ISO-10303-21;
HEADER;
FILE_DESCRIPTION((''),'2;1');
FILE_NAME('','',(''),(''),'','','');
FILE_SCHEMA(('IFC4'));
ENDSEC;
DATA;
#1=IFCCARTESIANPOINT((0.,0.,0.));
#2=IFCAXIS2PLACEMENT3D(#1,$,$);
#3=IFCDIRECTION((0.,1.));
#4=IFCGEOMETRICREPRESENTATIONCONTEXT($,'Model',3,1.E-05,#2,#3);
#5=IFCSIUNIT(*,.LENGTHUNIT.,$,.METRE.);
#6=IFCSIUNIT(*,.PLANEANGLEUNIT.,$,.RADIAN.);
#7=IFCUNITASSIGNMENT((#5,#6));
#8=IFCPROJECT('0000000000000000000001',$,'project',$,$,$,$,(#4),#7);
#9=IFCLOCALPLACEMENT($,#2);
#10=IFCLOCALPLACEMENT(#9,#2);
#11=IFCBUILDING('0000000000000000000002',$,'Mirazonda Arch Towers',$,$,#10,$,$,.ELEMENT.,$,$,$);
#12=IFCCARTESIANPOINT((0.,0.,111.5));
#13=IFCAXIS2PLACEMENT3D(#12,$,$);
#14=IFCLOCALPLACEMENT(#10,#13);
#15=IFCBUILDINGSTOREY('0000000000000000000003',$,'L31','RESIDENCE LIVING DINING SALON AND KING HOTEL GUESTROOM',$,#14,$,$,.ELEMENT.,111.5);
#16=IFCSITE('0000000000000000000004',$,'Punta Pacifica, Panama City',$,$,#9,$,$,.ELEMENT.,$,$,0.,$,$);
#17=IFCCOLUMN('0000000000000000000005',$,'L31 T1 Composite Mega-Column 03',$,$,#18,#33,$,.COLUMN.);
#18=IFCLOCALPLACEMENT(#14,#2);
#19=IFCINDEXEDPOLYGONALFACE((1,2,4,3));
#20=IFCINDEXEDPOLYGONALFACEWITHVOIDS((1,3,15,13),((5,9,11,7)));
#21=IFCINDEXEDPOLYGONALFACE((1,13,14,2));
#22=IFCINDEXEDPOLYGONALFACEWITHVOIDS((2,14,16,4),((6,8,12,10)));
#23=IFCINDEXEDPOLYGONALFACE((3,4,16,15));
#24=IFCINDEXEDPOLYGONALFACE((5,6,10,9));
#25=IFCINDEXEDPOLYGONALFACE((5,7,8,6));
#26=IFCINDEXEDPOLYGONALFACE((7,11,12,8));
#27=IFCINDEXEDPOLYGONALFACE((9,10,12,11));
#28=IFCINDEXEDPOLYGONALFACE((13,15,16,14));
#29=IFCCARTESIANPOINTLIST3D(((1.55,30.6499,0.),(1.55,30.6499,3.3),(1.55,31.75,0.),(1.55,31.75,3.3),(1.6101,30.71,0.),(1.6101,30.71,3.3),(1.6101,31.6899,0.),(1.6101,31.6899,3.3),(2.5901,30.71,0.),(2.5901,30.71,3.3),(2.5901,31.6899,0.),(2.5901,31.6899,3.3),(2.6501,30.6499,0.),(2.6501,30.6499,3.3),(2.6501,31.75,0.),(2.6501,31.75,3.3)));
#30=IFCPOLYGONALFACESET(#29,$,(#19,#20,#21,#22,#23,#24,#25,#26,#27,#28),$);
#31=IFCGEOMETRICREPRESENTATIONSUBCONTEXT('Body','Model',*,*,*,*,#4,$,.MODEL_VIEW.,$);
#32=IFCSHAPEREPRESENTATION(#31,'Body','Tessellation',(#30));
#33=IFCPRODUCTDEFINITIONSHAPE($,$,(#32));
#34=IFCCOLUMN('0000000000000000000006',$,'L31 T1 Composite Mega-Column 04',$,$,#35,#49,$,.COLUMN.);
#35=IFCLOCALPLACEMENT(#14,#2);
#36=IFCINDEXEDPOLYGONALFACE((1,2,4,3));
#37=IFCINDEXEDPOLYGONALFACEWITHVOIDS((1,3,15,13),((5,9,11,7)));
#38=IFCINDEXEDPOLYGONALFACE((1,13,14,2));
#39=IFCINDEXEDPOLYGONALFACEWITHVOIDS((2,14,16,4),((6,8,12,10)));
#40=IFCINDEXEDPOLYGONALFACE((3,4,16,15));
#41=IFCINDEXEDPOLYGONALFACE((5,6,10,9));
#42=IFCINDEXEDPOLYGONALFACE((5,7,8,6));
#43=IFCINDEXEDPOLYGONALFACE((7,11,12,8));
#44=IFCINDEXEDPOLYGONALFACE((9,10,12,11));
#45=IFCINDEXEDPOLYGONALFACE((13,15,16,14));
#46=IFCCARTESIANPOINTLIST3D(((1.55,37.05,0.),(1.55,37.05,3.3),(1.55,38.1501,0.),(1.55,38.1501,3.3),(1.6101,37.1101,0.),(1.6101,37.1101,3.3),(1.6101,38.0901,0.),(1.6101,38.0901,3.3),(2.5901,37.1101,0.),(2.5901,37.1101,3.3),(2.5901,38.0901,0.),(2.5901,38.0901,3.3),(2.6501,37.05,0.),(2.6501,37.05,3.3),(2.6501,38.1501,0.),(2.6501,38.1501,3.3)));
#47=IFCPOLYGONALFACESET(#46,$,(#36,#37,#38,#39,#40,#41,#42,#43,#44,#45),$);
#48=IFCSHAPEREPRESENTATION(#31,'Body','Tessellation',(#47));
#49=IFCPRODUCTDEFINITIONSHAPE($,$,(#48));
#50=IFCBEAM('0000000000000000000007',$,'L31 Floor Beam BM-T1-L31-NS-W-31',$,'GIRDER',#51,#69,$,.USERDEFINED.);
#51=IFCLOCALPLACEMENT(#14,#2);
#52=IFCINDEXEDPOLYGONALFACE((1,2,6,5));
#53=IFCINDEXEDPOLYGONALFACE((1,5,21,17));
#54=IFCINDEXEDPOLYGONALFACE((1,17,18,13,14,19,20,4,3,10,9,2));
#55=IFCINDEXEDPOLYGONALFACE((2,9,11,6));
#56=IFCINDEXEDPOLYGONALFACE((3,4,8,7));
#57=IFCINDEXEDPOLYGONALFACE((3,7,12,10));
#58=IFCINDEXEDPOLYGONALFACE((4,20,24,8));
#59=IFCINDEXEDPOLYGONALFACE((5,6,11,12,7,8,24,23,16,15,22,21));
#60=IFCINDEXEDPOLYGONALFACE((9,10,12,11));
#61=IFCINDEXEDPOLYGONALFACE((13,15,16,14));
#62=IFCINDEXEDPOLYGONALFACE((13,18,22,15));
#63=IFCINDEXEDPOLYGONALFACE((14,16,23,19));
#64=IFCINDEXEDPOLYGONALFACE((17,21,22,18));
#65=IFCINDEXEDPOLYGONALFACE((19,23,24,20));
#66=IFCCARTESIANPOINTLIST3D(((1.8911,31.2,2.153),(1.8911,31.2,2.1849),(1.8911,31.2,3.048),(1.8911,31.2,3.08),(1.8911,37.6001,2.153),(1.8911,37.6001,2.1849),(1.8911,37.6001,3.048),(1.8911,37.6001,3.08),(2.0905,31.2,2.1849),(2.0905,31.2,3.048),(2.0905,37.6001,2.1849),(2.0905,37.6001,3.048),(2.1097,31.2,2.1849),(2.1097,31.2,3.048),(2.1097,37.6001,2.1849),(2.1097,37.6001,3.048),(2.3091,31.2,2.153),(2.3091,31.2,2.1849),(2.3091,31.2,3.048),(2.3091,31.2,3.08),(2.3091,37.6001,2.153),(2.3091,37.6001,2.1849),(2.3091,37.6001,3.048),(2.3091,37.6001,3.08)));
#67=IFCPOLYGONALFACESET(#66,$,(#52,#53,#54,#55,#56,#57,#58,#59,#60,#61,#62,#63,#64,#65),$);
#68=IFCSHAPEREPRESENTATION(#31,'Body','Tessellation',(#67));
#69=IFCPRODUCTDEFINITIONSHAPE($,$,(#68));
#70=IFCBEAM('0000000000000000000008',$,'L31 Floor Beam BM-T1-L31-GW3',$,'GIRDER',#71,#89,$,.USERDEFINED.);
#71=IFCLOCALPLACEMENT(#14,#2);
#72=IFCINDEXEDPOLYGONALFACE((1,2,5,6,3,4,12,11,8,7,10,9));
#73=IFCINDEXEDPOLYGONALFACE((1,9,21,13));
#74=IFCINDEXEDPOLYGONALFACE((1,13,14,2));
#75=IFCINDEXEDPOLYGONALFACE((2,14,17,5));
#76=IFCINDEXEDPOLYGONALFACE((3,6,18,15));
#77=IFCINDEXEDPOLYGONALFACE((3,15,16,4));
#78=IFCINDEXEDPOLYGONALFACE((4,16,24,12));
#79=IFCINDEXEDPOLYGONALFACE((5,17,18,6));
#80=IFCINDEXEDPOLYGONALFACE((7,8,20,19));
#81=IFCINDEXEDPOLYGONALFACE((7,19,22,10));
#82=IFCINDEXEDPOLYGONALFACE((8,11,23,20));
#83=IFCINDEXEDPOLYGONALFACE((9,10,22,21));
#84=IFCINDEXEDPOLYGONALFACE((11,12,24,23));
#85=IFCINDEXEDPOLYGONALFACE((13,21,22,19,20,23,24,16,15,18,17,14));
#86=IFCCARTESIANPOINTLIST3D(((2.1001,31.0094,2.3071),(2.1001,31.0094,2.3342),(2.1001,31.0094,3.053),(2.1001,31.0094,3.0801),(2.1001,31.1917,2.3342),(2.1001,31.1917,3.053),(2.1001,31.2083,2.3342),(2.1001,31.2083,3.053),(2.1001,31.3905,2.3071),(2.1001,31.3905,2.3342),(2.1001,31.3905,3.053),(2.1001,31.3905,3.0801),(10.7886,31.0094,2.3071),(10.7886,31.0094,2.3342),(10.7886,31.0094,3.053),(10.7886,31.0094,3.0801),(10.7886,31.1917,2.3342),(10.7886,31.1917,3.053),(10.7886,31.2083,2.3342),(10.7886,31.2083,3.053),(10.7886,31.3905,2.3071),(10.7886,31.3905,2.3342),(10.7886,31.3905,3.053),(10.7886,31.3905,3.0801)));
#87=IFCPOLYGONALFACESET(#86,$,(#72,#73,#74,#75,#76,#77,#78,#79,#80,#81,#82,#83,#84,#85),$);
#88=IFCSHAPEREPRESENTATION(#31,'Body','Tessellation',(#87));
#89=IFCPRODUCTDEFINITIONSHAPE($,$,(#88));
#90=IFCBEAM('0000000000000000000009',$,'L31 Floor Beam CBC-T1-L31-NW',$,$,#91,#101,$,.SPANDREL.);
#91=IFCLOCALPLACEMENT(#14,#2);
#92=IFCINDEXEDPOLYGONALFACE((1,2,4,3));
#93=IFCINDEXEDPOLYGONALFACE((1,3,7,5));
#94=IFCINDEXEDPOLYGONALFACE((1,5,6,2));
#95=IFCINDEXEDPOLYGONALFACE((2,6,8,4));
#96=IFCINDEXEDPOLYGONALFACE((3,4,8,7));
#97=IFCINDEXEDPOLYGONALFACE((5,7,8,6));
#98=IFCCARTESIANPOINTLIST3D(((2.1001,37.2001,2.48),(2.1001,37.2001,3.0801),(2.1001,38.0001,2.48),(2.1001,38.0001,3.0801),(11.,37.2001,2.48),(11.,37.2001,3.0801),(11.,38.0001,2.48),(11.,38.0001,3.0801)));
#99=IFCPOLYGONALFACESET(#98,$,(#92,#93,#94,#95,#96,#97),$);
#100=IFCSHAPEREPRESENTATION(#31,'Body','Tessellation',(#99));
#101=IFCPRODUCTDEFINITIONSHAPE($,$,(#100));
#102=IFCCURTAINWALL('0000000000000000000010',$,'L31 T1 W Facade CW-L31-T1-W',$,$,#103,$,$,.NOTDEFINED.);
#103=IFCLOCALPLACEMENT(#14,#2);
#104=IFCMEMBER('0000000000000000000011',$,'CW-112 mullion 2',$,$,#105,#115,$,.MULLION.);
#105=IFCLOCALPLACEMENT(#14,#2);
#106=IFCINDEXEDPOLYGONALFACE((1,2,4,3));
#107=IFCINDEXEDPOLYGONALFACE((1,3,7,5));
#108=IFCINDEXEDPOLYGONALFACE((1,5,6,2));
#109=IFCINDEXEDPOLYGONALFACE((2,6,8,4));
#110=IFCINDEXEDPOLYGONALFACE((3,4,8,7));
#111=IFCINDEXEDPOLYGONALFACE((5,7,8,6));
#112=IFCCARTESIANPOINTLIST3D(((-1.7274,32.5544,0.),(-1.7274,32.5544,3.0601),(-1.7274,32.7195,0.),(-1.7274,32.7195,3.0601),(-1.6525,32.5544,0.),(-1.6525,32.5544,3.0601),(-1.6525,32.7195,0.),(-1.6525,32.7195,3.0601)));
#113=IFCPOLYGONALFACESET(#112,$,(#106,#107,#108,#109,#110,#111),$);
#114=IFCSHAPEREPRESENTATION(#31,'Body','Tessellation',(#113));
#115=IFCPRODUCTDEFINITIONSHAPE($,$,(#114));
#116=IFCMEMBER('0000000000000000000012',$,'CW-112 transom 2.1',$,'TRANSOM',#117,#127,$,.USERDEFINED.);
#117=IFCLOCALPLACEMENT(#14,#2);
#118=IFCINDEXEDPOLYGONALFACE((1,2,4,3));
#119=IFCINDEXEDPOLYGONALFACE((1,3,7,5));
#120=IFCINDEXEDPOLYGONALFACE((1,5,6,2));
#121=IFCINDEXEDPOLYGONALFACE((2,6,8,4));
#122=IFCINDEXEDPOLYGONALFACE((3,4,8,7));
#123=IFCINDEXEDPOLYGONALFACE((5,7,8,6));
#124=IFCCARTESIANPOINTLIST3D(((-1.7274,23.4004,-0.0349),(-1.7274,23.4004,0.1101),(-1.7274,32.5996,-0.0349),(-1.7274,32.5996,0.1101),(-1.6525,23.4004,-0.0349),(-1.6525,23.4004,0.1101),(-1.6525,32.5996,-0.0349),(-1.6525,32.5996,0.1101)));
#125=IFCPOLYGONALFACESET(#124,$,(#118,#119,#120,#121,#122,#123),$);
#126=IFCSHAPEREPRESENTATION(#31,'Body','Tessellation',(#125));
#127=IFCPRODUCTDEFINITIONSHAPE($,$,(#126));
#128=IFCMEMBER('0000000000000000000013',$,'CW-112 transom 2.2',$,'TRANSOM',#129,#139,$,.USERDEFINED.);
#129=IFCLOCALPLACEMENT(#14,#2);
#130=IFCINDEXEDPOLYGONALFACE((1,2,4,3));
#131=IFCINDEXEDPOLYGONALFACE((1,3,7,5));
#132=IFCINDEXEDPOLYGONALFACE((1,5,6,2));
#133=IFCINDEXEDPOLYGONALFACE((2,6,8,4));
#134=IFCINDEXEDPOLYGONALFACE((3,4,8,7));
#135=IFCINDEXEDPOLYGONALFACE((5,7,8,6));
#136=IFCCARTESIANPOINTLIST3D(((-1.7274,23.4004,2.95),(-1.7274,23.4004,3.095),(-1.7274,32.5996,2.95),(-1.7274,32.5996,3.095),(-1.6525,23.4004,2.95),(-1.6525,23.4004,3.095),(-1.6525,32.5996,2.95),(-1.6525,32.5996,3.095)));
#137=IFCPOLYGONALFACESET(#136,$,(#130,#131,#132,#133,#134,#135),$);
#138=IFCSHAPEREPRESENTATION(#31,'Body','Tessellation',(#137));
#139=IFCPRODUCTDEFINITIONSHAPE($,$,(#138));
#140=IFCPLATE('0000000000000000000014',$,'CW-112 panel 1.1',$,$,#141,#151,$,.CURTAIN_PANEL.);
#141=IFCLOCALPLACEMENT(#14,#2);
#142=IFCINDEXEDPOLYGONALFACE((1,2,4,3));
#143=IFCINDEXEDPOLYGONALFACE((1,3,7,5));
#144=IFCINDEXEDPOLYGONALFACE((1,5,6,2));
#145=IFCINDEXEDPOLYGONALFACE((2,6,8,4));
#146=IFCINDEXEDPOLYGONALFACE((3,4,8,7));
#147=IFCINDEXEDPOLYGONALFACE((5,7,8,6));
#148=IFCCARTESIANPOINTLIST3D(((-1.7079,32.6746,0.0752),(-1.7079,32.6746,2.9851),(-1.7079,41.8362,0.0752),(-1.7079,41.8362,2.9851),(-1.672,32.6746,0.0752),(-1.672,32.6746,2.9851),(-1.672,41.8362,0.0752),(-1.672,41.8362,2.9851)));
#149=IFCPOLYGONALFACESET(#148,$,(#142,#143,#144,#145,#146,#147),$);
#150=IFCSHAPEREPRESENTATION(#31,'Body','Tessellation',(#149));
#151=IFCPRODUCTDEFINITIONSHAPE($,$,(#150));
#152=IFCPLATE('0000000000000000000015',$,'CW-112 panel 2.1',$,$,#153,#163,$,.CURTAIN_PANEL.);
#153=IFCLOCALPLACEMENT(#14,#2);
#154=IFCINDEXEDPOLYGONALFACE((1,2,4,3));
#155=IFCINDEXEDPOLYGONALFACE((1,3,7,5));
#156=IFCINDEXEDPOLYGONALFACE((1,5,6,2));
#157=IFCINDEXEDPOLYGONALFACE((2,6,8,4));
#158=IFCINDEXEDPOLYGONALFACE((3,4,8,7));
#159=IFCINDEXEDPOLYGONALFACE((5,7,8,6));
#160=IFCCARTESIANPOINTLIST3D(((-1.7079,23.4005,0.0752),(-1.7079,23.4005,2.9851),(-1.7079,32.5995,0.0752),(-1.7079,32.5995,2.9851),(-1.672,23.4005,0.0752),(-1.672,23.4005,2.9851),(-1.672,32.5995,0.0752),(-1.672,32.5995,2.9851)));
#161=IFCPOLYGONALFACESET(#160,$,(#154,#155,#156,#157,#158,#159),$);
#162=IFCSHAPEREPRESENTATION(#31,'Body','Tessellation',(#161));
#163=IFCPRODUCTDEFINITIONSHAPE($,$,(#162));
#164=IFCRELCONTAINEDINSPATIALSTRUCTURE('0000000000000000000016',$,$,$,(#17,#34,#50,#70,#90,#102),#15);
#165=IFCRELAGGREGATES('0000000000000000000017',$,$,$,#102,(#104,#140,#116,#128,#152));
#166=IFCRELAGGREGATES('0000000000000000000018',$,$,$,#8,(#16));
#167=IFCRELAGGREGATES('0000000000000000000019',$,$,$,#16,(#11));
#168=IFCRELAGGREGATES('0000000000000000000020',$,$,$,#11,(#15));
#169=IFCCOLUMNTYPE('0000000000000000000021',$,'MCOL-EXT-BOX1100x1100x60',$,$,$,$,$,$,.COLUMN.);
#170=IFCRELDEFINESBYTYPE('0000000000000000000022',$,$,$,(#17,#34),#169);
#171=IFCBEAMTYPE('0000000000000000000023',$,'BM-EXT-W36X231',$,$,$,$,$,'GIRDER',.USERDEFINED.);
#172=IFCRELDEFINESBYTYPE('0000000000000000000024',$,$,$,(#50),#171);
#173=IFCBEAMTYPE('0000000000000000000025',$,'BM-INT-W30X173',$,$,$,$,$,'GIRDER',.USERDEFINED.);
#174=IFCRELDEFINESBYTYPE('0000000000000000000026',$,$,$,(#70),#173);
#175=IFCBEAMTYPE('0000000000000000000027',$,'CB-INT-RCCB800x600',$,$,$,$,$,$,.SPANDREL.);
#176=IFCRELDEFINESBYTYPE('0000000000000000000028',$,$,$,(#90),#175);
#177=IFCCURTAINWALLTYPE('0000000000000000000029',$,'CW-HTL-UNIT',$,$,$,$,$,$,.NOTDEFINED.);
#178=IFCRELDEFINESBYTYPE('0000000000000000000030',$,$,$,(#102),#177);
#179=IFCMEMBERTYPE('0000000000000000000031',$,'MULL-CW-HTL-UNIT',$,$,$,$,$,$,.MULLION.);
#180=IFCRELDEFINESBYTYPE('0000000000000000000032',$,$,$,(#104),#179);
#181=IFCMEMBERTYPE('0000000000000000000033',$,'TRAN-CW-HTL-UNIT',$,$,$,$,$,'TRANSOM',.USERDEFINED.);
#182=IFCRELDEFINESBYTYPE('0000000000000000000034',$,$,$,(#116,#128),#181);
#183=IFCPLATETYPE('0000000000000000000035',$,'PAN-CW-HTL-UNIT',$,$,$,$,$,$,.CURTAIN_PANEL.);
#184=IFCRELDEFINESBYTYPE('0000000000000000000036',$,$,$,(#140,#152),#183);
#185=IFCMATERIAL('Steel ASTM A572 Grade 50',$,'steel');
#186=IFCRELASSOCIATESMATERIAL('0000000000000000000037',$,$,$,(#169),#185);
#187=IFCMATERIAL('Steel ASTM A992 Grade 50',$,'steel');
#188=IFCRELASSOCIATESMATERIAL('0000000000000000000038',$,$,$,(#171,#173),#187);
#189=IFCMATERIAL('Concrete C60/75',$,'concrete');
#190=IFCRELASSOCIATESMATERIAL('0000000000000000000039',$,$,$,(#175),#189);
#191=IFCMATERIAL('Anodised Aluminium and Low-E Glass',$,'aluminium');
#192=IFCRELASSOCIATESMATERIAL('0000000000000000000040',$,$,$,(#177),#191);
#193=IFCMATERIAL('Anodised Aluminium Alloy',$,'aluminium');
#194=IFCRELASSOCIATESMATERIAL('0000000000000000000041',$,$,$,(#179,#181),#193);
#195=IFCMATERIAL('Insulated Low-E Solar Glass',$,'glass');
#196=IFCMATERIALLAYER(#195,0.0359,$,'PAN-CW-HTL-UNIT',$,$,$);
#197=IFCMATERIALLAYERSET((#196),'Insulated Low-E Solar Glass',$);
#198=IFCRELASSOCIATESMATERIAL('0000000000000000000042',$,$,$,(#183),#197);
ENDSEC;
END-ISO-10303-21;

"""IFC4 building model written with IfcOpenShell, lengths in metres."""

from ifc_helpers import new_model, si_unit, direction, frame, origin, origin_2d, place, context, subcontext, project, spatial, rectangle, hollow_rectangle, i_section, extrude, material, layer, layer_set, material_profile, profile_set, type_object, element, aggregate, save


model = new_model("IFC4")

# Units and contexts
model_context = context("Model", 3, precision=1e-05, world=origin(), true_north=direction((0.0, 1.0)))
body_context = subcontext(model_context, "Body", "Model", "MODEL_VIEW")
ifc_project = project(units=[si_unit("LENGTHUNIT", "METRE"), si_unit("PLANEANGLEUNIT", "RADIAN")], contexts=[model_context])

# Site, building, storey
site_placement = place(None, origin())
site = spatial("IfcSite", under=ifc_project, at=site_placement, Name="Punta Pacifica, Panama City", CompositionType="ELEMENT", RefElevation=0.0)
building_placement = place(site_placement, origin())
building = spatial("IfcBuilding", under=site, at=building_placement, Name="Mirazonda Arch Towers", CompositionType="ELEMENT")
storey_placement = place(building_placement, frame((0.0, 0.0, 111.5)))
storey = spatial("IfcBuildingStorey", under=building, at=storey_placement, Name="L31", Description="RESIDENCE LIVING DINING SALON AND KING HOTEL GUESTROOM", CompositionType="ELEMENT", Elevation=111.5)

# Columns
ifc_material_1 = material(Name="Steel ASTM A572 Grade 50", Category="steel")
ifc_material_profile_1 = material_profile(ifc_material_1, hollow_rectangle(XDim=1.1001, YDim=1.1001, WallThickness=0.0601, at=origin_2d()), Name="BOX1100x1100x60")
ifc_profile_set_1 = profile_set([ifc_material_profile_1], Name="Steel ASTM A572 Grade 50")
column_type = type_object("IfcColumnType", Name="MCOL-EXT-BOX1100x1100x60", PredefinedType="COLUMN", material=ifc_profile_set_1)
for number, where, z_axis, x_axis, name in (
    (1, (2.1001, 31.2, 0.0), (0.0, 0.0, 1.0), (1.0, 0.0, 0.0), "L31 T1 Composite Mega-Column 03"),
    (2, (2.1001, 37.6001, 0.0), (0.0, 0.0, 1.0), (1.0, 0.0, 0.0), "L31 T1 Composite Mega-Column 04"),
):
    element("IfcColumn", number, at=place(storey_placement, frame(where, z_axis=z_axis, x_axis=x_axis)), inside=storey, type_object=column_type, Name=name, PredefinedType="COLUMN", context=body_context, shape_type="SweptSolid", body=[
        extrude(hollow_rectangle(XDim=1.1001, YDim=1.1001, WallThickness=0.0601, at=origin_2d()), origin(), (0.0, 0.0, 1.0), 3.3),
    ])

# Beams
ifc_material_2 = material(Name="Steel ASTM A992 Grade 50", Category="steel")
ifc_material_profile_2 = material_profile(ifc_material_2, i_section(OverallWidth=0.418, OverallDepth=0.927, WebThickness=0.0193, FlangeThickness=0.032, at=origin_2d()), Name="W36X231")
ifc_profile_set_2 = profile_set([ifc_material_profile_2], Name="Steel ASTM A992 Grade 50")
beam_type_1 = type_object("IfcBeamType", Name="BM-EXT-W36X231", ElementType="GIRDER", PredefinedType="USERDEFINED", material=ifc_profile_set_2)
beam_1_placement = place(storey_placement, frame((2.1001, 31.2, 2.6165), z_axis=(0.0, 1.0, 0.0), x_axis=(-1.0, 0.0, 0.0)))
element("IfcBeam", 3, at=beam_1_placement, inside=storey, type_object=beam_type_1, Name="L31 Floor Beam BM-T1-L31-NS-W-31", ObjectType="GIRDER", PredefinedType="USERDEFINED", context=body_context, shape_type="SweptSolid", body=[
    extrude(i_section(OverallWidth=0.418, OverallDepth=0.927, WebThickness=0.0193, FlangeThickness=0.032, at=origin_2d()), origin(), (0.0, 0.0, 1.0), 6.4001),
])
ifc_material_profile_3 = material_profile(ifc_material_2, i_section(OverallWidth=0.3811, OverallDepth=0.7729, WebThickness=0.0166, FlangeThickness=0.0271, at=origin_2d()), Name="W30X173")
ifc_profile_set_3 = profile_set([ifc_material_profile_3], Name="Steel ASTM A992 Grade 50")
beam_type_2 = type_object("IfcBeamType", Name="BM-INT-W30X173", ElementType="GIRDER", PredefinedType="USERDEFINED", material=ifc_profile_set_3)
beam_2_placement = place(storey_placement, frame((2.1001, 31.2, 2.6936), z_axis=(1.0, 0.0, 0.0), x_axis=(0.0, 1.0, 0.0)))
element("IfcBeam", 4, at=beam_2_placement, inside=storey, type_object=beam_type_2, Name="L31 Floor Beam BM-T1-L31-GW3", ObjectType="GIRDER", PredefinedType="USERDEFINED", context=body_context, shape_type="SweptSolid", body=[
    extrude(i_section(OverallWidth=0.3811, OverallDepth=0.7729, WebThickness=0.0166, FlangeThickness=0.0271, at=origin_2d()), origin(), (0.0, 0.0, 1.0), 8.6885),
])
ifc_material_3 = material(Name="Concrete C60/75", Category="concrete")
ifc_material_profile_4 = material_profile(ifc_material_3, rectangle(XDim=0.8, YDim=0.6001, at=origin_2d()), Name="RCCB800x600")
ifc_profile_set_4 = profile_set([ifc_material_profile_4], Name="Concrete C60/75")
beam_type_3 = type_object("IfcBeamType", Name="CB-INT-RCCB800x600", PredefinedType="SPANDREL", material=ifc_profile_set_4)
beam_3_placement = place(storey_placement, frame((2.1001, 37.6001, 2.78), z_axis=(1.0, 0.0, 0.0), x_axis=(0.0, 1.0, 0.0)))
element("IfcBeam", 5, at=beam_3_placement, inside=storey, type_object=beam_type_3, Name="L31 Floor Beam CBC-T1-L31-NW", PredefinedType="SPANDREL", context=body_context, shape_type="SweptSolid", body=[
    extrude(rectangle(XDim=0.8, YDim=0.6001, at=origin_2d()), origin(), (0.0, 0.0, 1.0), 8.8999),
])

# Curtain wall, members, plates
ifc_material_4 = material(Name="Anodised Aluminium and Low-E Glass", Category="aluminium")
curtain_wall_type = type_object("IfcCurtainWallType", Name="CW-HTL-UNIT", PredefinedType="NOTDEFINED", material=ifc_material_4)
curtain_wall_placement = place(storey_placement, origin())
curtain_wall = element("IfcCurtainWall", 6, at=curtain_wall_placement, inside=storey, type_object=curtain_wall_type, Name="L31 T1 W Facade CW-L31-T1-W", PredefinedType="NOTDEFINED")
ifc_material_5 = material(Name="Anodised Aluminium Alloy", Category="aluminium")
ifc_material_profile_5 = material_profile(ifc_material_5, rectangle(XDim=0.075, YDim=0.165, at=origin_2d()), Name="ALU-MULL-75x165")
ifc_profile_set_5 = profile_set([ifc_material_profile_5], Name="Anodised Aluminium Alloy")
member_type_1 = type_object("IfcMemberType", Name="MULL-CW-HTL-UNIT", PredefinedType="MULLION", material=ifc_profile_set_5)
member_1_placement = place(storey_placement, frame((-1.6899, 32.637, 0.0), z_axis=(0.0, 0.0, 1.0), x_axis=(1.0, 0.0, 0.0)))
member_1 = element("IfcMember", 7, at=member_1_placement, type_object=member_type_1, Name="CW-112 mullion 2", PredefinedType="MULLION", context=body_context, shape_type="SweptSolid", body=[
    extrude(rectangle(XDim=0.075, YDim=0.165, at=origin_2d()), origin(), (0.0, 0.0, 1.0), 3.0601),
])
ifc_material_profile_6 = material_profile(ifc_material_5, rectangle(XDim=0.075, YDim=0.145, at=origin_2d()), Name="ALU-TRAN-75x145")
ifc_profile_set_6 = profile_set([ifc_material_profile_6], Name="Anodised Aluminium Alloy")
member_type_2 = type_object("IfcMemberType", Name="TRAN-CW-HTL-UNIT", ElementType="TRANSOM", PredefinedType="USERDEFINED", material=ifc_profile_set_6)
member_2_placement = place(storey_placement, frame((-1.6899, 32.5996, 0.0376), z_axis=(0.0, -1.0, 0.0), x_axis=(1.0, 0.0, 0.0)))
member_2 = element("IfcMember", 8, at=member_2_placement, type_object=member_type_2, Name="CW-112 transom 2.1", ObjectType="TRANSOM", PredefinedType="USERDEFINED", context=body_context, shape_type="SweptSolid", body=[
    extrude(rectangle(XDim=0.075, YDim=0.145, at=origin_2d()), origin(), (0.0, 0.0, 1.0), 9.1992),
])
member_3_placement = place(storey_placement, frame((-1.6899, 32.5996, 3.0225), z_axis=(0.0, -1.0, 0.0), x_axis=(1.0, 0.0, 0.0)))
member_3 = element("IfcMember", 9, at=member_3_placement, type_object=member_type_2, Name="CW-112 transom 2.2", ObjectType="TRANSOM", PredefinedType="USERDEFINED", context=body_context, shape_type="SweptSolid", body=[
    extrude(rectangle(XDim=0.075, YDim=0.145, at=origin_2d()), origin(), (0.0, 0.0, 1.0), 9.1992),
])
ifc_material_6 = material(Name="Insulated Low-E Solar Glass", Category="glass")
ifc_layer_1 = layer(ifc_material_6, 0.0359, Name="PAN-CW-HTL-UNIT")
ifc_layer_set_1 = layer_set([ifc_layer_1], Name="Insulated Low-E Solar Glass")
plate_type = type_object("IfcPlateType", Name="PAN-CW-HTL-UNIT", PredefinedType="CURTAIN_PANEL", material=ifc_layer_set_1)
plate_1_placement = place(storey_placement, frame((-1.6899, 37.2554, 0.0752), z_axis=(0.0, 0.0, 1.0), x_axis=(0.0, -1.0, 0.0)))
plate_1 = element("IfcPlate", 10, at=plate_1_placement, type_object=plate_type, Name="CW-112 panel 1.1", PredefinedType="CURTAIN_PANEL", context=body_context, shape_type="SweptSolid", body=[
    extrude(rectangle(XDim=9.1616, YDim=0.0359, at=origin_2d()), origin(), (0.0, 0.0, 1.0), 2.9099),
])
plate_2_placement = place(storey_placement, frame((-1.6899, 28.0, 0.0752), z_axis=(0.0, 0.0, 1.0), x_axis=(0.0, -1.0, 0.0)))
plate_2 = element("IfcPlate", 11, at=plate_2_placement, type_object=plate_type, Name="CW-112 panel 2.1", PredefinedType="CURTAIN_PANEL", context=body_context, shape_type="SweptSolid", body=[
    extrude(rectangle(XDim=9.199, YDim=0.0359, at=origin_2d()), origin(), (0.0, 0.0, 1.0), 2.9099),
])
aggregate(curtain_wall, [member_1, plate_1, member_2, member_3, plate_2])

save(model, "model.ifc")
